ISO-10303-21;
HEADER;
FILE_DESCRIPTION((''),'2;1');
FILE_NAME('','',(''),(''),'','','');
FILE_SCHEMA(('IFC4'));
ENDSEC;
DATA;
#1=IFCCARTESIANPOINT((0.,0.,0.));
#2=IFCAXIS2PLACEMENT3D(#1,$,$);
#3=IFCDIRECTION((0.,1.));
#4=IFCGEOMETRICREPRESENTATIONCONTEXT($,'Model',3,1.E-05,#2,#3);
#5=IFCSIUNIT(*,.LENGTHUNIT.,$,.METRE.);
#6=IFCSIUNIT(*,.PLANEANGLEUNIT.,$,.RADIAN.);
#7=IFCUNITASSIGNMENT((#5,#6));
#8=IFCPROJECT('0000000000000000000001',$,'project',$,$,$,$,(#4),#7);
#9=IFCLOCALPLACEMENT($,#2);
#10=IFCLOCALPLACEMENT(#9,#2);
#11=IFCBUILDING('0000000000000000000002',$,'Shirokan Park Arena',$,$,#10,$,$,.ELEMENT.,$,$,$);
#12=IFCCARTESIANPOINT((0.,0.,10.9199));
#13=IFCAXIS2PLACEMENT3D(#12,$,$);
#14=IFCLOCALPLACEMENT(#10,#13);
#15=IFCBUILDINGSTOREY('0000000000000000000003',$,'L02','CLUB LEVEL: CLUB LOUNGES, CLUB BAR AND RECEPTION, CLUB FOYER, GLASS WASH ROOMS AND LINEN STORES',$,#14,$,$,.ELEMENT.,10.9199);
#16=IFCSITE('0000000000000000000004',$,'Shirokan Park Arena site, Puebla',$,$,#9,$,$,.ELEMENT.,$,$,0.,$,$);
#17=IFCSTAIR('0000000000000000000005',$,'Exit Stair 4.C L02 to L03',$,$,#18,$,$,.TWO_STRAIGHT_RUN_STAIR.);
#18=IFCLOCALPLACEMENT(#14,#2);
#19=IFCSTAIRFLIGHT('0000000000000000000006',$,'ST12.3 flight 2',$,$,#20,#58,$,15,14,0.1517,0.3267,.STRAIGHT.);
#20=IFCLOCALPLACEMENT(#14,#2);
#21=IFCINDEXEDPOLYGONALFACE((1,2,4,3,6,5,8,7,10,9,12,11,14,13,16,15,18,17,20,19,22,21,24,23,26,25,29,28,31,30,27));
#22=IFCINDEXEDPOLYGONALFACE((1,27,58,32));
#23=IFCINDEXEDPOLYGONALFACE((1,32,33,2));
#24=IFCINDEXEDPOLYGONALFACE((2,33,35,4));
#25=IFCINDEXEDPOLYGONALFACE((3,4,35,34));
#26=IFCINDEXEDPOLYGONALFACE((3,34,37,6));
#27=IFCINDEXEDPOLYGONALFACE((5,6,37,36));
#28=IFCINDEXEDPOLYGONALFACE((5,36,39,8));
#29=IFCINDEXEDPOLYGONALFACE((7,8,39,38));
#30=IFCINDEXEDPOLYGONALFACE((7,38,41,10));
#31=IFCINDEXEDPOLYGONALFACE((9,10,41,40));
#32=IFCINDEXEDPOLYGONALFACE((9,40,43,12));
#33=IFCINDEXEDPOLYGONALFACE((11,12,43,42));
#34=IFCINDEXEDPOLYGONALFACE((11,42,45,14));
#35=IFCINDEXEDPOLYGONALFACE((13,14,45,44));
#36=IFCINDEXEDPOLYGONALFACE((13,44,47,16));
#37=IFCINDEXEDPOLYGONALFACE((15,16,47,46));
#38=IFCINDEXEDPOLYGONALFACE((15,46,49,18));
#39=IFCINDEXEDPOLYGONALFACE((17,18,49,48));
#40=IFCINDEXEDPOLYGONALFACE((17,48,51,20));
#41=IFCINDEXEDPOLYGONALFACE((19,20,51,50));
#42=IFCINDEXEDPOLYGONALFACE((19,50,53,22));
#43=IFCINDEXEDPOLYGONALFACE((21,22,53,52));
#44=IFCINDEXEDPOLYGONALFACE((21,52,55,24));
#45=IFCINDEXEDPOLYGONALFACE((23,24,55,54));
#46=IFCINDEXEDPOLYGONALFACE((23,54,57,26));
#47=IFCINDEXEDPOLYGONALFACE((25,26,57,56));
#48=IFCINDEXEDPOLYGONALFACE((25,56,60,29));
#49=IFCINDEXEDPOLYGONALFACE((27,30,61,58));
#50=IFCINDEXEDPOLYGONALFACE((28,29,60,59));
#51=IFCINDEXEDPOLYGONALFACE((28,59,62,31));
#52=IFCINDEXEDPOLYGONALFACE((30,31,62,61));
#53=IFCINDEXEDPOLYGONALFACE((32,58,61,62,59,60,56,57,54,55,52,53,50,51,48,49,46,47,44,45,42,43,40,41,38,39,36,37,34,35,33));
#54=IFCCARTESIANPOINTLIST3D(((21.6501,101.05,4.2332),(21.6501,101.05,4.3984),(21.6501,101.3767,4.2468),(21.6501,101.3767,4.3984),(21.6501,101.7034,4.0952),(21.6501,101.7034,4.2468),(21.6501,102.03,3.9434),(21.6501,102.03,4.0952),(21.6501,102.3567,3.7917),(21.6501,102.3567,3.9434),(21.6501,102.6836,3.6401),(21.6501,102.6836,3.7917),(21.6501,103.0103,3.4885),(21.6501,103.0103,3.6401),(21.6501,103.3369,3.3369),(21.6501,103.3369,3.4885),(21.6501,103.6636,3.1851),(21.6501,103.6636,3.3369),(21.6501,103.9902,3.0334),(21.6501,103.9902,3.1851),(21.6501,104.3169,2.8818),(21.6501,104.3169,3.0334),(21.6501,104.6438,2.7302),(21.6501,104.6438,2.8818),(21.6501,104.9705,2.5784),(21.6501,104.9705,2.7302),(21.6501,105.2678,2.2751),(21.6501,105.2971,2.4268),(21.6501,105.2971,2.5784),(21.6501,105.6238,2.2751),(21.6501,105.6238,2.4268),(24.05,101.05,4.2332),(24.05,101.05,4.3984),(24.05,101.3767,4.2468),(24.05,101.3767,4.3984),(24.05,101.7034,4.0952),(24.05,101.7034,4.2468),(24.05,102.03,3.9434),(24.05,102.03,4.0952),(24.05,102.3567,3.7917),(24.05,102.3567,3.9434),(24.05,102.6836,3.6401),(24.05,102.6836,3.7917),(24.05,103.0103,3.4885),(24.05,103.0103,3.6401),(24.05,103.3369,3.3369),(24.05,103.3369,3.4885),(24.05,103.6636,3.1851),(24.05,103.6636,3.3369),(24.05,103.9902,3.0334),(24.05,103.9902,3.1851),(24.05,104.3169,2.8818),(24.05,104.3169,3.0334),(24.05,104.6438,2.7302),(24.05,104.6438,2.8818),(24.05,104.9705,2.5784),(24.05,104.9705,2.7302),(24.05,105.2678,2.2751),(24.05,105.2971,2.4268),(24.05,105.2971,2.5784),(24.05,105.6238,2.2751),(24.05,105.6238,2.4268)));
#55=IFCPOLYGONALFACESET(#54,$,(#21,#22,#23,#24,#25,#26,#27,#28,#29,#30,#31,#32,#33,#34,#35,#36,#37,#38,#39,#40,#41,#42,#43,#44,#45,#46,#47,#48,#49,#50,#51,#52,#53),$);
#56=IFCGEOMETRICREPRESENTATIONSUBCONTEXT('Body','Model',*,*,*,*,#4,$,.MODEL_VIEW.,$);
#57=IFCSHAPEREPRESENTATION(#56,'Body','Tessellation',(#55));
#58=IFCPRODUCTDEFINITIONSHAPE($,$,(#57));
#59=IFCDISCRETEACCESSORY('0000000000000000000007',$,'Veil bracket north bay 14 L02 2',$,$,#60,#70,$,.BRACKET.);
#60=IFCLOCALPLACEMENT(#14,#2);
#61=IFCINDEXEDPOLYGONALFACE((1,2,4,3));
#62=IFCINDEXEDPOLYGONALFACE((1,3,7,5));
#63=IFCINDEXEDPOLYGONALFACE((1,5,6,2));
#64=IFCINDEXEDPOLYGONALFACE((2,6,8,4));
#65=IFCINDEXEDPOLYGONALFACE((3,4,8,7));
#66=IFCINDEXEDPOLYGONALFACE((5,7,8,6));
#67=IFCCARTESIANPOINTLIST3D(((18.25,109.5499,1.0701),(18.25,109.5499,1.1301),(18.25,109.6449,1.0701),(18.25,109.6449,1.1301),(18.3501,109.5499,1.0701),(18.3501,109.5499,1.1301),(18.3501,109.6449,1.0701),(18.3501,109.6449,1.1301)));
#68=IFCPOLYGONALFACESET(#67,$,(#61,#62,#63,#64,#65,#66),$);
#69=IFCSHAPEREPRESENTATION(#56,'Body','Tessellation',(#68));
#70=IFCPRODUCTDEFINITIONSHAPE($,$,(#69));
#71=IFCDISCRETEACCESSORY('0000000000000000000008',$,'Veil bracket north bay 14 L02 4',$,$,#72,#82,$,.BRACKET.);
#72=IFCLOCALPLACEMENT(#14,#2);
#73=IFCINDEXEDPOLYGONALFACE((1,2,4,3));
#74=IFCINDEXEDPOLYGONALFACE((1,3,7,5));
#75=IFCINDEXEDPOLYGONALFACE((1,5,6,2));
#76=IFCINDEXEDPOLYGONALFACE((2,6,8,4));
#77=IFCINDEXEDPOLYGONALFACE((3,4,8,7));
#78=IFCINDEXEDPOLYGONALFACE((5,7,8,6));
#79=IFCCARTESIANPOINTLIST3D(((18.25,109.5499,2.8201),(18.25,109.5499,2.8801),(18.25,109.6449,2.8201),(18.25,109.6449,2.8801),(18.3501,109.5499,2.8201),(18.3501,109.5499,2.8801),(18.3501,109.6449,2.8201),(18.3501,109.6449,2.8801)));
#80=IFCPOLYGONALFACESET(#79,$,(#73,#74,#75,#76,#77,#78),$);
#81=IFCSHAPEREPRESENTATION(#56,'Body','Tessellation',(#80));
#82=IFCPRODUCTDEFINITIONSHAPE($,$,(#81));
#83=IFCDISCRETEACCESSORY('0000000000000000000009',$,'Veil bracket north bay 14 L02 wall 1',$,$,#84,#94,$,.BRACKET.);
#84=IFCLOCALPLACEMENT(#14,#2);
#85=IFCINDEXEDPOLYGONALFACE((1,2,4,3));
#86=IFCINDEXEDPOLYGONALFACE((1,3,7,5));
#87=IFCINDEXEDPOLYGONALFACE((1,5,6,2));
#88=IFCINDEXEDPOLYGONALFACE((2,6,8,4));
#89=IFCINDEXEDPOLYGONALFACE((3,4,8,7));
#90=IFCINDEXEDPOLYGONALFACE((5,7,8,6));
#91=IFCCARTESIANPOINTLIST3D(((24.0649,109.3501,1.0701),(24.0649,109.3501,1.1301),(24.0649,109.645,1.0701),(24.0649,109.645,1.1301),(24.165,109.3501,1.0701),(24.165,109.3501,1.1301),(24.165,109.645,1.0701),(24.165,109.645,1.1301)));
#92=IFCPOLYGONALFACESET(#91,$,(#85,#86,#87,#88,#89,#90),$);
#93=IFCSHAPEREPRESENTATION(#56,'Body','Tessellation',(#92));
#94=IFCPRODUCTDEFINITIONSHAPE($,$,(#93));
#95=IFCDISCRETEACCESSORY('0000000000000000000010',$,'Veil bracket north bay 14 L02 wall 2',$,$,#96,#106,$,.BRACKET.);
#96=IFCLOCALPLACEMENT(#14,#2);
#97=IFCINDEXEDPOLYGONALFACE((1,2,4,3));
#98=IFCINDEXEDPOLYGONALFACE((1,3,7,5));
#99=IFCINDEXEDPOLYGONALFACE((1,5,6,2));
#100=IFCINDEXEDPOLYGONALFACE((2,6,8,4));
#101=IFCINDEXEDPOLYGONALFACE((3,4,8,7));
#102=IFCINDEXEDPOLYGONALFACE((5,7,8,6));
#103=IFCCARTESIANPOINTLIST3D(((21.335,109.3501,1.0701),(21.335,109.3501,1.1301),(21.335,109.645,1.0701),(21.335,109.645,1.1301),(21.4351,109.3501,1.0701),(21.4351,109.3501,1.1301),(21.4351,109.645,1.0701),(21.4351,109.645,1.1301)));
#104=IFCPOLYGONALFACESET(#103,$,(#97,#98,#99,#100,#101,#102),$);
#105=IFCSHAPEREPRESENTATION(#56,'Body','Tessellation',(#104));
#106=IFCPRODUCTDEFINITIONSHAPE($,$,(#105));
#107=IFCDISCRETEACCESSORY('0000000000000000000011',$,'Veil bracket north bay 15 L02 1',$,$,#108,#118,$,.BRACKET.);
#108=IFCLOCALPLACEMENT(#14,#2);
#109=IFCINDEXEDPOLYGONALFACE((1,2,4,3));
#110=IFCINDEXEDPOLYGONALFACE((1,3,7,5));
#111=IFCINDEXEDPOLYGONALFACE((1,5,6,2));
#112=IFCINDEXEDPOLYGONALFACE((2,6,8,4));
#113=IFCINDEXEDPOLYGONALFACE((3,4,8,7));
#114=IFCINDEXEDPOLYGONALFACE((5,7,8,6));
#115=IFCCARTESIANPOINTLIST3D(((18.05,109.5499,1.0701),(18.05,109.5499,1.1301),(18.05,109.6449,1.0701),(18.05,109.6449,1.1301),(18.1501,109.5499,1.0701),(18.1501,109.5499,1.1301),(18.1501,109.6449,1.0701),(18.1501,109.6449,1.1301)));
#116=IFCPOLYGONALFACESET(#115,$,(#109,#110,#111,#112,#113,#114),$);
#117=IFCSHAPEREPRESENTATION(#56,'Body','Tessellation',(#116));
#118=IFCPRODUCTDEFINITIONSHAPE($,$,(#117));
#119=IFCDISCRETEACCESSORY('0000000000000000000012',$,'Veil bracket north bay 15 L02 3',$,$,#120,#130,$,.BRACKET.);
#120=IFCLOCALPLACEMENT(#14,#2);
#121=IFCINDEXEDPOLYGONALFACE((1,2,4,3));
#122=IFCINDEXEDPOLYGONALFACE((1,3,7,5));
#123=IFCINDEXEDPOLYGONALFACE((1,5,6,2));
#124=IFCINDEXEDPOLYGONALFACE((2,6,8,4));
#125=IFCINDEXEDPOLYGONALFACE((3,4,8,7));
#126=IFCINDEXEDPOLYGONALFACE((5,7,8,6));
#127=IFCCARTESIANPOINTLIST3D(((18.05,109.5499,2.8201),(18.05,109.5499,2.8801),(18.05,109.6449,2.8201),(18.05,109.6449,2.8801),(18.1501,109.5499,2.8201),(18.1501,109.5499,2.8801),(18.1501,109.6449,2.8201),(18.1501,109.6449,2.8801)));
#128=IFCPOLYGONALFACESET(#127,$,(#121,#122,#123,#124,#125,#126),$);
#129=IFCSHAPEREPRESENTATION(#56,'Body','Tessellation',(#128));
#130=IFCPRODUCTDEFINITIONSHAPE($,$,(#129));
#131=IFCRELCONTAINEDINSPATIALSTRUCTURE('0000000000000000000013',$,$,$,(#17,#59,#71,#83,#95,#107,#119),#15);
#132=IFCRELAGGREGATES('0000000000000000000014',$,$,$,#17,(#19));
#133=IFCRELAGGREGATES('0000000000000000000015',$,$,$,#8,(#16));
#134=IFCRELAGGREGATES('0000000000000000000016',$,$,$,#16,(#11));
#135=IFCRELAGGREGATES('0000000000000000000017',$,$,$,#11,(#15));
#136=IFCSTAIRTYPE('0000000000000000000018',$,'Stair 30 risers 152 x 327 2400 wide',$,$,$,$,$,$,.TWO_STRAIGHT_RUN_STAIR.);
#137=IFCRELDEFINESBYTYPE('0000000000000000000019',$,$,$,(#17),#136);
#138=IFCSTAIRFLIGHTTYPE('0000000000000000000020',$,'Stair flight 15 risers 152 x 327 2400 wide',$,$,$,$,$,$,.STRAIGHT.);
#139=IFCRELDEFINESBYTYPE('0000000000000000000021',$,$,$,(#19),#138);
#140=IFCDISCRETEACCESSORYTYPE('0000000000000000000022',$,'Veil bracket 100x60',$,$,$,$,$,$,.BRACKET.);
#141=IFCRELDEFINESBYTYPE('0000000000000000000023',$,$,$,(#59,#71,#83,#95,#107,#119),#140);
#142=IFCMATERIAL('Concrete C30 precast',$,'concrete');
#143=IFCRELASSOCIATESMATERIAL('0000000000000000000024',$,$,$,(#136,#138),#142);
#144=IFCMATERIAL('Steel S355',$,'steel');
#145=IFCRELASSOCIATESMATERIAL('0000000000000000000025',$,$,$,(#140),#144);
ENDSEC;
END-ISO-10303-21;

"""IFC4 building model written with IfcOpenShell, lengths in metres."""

from ifc_helpers import new_model, si_unit, direction, frame, origin, origin_2d, place, context, subcontext, project, spatial, polyline, rectangle, outline, extrude, material, type_object, element, aggregate, save


model = new_model("IFC4")

# Units and contexts
model_context = context("Model", 3, precision=1e-05, world=origin(), true_north=direction((0.0, 1.0)))
body_context = subcontext(model_context, "Body", "Model", "MODEL_VIEW")
ifc_project = project(units=[si_unit("LENGTHUNIT", "METRE"), si_unit("PLANEANGLEUNIT", "RADIAN")], contexts=[model_context])

# Site, building, storey
site_placement = place(None, origin())
site = spatial("IfcSite", under=ifc_project, at=site_placement, Name="Shirokan Park Arena site, Puebla", CompositionType="ELEMENT", RefElevation=0.0)
building_placement = place(site_placement, origin())
building = spatial("IfcBuilding", under=site, at=building_placement, Name="Shirokan Park Arena", CompositionType="ELEMENT")
storey_placement = place(building_placement, frame((0.0, 0.0, 10.9199)))
storey = spatial("IfcBuildingStorey", under=building, at=storey_placement, Name="L02", Description="CLUB LEVEL: CLUB LOUNGES, CLUB BAR AND RECEPTION, CLUB FOYER, GLASS WASH ROOMS AND LINEN STORES", CompositionType="ELEMENT", Elevation=10.9199)

# Shared definitions
ifc_material_1 = material(Name="Steel S355", Category="steel")

# Stair, stair flight
ifc_material_2 = material(Name="Concrete C30 precast", Category="concrete")
stair_type = type_object("IfcStairType", Name="Stair 30 risers 152 x 327 2400 wide", PredefinedType="TWO_STRAIGHT_RUN_STAIR", material=ifc_material_2)
stair_placement = place(storey_placement, origin())
stair = element("IfcStair", 1, at=stair_placement, inside=storey, type_object=stair_type, Name="Exit Stair 4.C L02 to L03", PredefinedType="TWO_STRAIGHT_RUN_STAIR")
stair_flight_type = type_object("IfcStairFlightType", Name="Stair flight 15 risers 152 x 327 2400 wide", PredefinedType="STRAIGHT", material=ifc_material_2)
stair_flight_placement = place(storey_placement, frame((22.8501, 105.6238, 2.2751), z_axis=(0.0, 0.0, 1.0), x_axis=(0.0, -1.0, 0.0)))
stair_flight = element("IfcStairFlight", 2, at=stair_flight_placement, type_object=stair_flight_type, Name="ST12.3 flight 2", NumberOfRisers=15, NumberOfTreads=14, PredefinedType="STRAIGHT", RiserHeight=0.1517, TreadLength=0.3267, context=body_context, shape_type="SweptSolid", body=[
    extrude(outline(polyline([(0.0, 0.0), (0.0, 0.1516), (0.3267, 0.1516), (0.3267, 0.3032), (0.6533, 0.3032), (0.6533, 0.4551), (0.98, 0.4551), (0.98, 0.6067), (1.3069, 0.6067), (1.3069, 0.7583), (1.6335, 0.7583), (1.6335, 0.9099), (1.9602, 0.9099), (1.9602, 1.0618), (2.2869, 1.0618), (2.2869, 1.2134), (2.6135, 1.2134), (2.6135, 1.365), (2.9402, 1.365), (2.9402, 1.5166), (3.2671, 1.5166), (3.2671, 1.6682), (3.5938, 1.6682), (3.5938, 1.8201), (3.9204, 1.8201), (3.9204, 1.9717), (4.2471, 1.9717), (4.2471, 2.1233), (4.5737, 2.1233), (4.5737, 2.2749), (4.5737, 1.958), (0.356, 0.0), (0.0, 0.0)])), frame((0.0, 1.2, 0.0), z_axis=(0.0, -1.0, 0.0), x_axis=(1.0, 0.0, 0.0)), (0.0, 0.0, 1.0), 2.3999),
])
aggregate(stair, [stair_flight])

# Discrete accessories
discrete_accessory_type = type_object("IfcDiscreteAccessoryType", Name="Veil bracket 100x60", PredefinedType="BRACKET", material=ifc_material_1)
for number, where, z_axis, x_axis, name in (
    (3, (18.3, 109.5974, 1.0701), (0.0, 0.0, 1.0), (-1.0, 0.0, 0.0), "Veil bracket north bay 14 L02 2"),
    (4, (18.3, 109.5974, 2.8201), (0.0, 0.0, 1.0), (-1.0, 0.0, 0.0), "Veil bracket north bay 14 L02 4"),
):
    element("IfcDiscreteAccessory", number, at=place(storey_placement, frame(where, z_axis=z_axis, x_axis=x_axis)), inside=storey, type_object=discrete_accessory_type, Name=name, PredefinedType="BRACKET", context=body_context, shape_type="SweptSolid", body=[
        extrude(rectangle(XDim=0.1001, YDim=0.095, at=origin_2d()), origin(), (0.0, 0.0, 1.0), 0.0601),
    ])
for number, where, z_axis, x_axis, name in (
    (5, (24.115, 109.4976, 1.0701), (0.0, 0.0, 1.0), (-1.0, 0.0, 0.0), "Veil bracket north bay 14 L02 wall 1"),
    (6, (21.385, 109.4976, 1.0701), (0.0, 0.0, 1.0), (-1.0, 0.0, 0.0), "Veil bracket north bay 14 L02 wall 2"),
):
    element("IfcDiscreteAccessory", number, at=place(storey_placement, frame(where, z_axis=z_axis, x_axis=x_axis)), inside=storey, type_object=discrete_accessory_type, Name=name, PredefinedType="BRACKET", context=body_context, shape_type="SweptSolid", body=[
        extrude(rectangle(XDim=0.1001, YDim=0.2949, at=origin_2d()), origin(), (0.0, 0.0, 1.0), 0.0601),
    ])
for number, where, z_axis, x_axis, name in (
    (7, (18.1001, 109.5974, 1.0701), (0.0, 0.0, 1.0), (-1.0, 0.0, 0.0), "Veil bracket north bay 15 L02 1"),
    (8, (18.1001, 109.5974, 2.8201), (0.0, 0.0, 1.0), (-1.0, 0.0, 0.0), "Veil bracket north bay 15 L02 3"),
):
    element("IfcDiscreteAccessory", number, at=place(storey_placement, frame(where, z_axis=z_axis, x_axis=x_axis)), inside=storey, type_object=discrete_accessory_type, Name=name, PredefinedType="BRACKET", context=body_context, shape_type="SweptSolid", body=[
        extrude(rectangle(XDim=0.1001, YDim=0.095, at=origin_2d()), origin(), (0.0, 0.0, 1.0), 0.0601),
    ])

save(model, "model.ifc")
